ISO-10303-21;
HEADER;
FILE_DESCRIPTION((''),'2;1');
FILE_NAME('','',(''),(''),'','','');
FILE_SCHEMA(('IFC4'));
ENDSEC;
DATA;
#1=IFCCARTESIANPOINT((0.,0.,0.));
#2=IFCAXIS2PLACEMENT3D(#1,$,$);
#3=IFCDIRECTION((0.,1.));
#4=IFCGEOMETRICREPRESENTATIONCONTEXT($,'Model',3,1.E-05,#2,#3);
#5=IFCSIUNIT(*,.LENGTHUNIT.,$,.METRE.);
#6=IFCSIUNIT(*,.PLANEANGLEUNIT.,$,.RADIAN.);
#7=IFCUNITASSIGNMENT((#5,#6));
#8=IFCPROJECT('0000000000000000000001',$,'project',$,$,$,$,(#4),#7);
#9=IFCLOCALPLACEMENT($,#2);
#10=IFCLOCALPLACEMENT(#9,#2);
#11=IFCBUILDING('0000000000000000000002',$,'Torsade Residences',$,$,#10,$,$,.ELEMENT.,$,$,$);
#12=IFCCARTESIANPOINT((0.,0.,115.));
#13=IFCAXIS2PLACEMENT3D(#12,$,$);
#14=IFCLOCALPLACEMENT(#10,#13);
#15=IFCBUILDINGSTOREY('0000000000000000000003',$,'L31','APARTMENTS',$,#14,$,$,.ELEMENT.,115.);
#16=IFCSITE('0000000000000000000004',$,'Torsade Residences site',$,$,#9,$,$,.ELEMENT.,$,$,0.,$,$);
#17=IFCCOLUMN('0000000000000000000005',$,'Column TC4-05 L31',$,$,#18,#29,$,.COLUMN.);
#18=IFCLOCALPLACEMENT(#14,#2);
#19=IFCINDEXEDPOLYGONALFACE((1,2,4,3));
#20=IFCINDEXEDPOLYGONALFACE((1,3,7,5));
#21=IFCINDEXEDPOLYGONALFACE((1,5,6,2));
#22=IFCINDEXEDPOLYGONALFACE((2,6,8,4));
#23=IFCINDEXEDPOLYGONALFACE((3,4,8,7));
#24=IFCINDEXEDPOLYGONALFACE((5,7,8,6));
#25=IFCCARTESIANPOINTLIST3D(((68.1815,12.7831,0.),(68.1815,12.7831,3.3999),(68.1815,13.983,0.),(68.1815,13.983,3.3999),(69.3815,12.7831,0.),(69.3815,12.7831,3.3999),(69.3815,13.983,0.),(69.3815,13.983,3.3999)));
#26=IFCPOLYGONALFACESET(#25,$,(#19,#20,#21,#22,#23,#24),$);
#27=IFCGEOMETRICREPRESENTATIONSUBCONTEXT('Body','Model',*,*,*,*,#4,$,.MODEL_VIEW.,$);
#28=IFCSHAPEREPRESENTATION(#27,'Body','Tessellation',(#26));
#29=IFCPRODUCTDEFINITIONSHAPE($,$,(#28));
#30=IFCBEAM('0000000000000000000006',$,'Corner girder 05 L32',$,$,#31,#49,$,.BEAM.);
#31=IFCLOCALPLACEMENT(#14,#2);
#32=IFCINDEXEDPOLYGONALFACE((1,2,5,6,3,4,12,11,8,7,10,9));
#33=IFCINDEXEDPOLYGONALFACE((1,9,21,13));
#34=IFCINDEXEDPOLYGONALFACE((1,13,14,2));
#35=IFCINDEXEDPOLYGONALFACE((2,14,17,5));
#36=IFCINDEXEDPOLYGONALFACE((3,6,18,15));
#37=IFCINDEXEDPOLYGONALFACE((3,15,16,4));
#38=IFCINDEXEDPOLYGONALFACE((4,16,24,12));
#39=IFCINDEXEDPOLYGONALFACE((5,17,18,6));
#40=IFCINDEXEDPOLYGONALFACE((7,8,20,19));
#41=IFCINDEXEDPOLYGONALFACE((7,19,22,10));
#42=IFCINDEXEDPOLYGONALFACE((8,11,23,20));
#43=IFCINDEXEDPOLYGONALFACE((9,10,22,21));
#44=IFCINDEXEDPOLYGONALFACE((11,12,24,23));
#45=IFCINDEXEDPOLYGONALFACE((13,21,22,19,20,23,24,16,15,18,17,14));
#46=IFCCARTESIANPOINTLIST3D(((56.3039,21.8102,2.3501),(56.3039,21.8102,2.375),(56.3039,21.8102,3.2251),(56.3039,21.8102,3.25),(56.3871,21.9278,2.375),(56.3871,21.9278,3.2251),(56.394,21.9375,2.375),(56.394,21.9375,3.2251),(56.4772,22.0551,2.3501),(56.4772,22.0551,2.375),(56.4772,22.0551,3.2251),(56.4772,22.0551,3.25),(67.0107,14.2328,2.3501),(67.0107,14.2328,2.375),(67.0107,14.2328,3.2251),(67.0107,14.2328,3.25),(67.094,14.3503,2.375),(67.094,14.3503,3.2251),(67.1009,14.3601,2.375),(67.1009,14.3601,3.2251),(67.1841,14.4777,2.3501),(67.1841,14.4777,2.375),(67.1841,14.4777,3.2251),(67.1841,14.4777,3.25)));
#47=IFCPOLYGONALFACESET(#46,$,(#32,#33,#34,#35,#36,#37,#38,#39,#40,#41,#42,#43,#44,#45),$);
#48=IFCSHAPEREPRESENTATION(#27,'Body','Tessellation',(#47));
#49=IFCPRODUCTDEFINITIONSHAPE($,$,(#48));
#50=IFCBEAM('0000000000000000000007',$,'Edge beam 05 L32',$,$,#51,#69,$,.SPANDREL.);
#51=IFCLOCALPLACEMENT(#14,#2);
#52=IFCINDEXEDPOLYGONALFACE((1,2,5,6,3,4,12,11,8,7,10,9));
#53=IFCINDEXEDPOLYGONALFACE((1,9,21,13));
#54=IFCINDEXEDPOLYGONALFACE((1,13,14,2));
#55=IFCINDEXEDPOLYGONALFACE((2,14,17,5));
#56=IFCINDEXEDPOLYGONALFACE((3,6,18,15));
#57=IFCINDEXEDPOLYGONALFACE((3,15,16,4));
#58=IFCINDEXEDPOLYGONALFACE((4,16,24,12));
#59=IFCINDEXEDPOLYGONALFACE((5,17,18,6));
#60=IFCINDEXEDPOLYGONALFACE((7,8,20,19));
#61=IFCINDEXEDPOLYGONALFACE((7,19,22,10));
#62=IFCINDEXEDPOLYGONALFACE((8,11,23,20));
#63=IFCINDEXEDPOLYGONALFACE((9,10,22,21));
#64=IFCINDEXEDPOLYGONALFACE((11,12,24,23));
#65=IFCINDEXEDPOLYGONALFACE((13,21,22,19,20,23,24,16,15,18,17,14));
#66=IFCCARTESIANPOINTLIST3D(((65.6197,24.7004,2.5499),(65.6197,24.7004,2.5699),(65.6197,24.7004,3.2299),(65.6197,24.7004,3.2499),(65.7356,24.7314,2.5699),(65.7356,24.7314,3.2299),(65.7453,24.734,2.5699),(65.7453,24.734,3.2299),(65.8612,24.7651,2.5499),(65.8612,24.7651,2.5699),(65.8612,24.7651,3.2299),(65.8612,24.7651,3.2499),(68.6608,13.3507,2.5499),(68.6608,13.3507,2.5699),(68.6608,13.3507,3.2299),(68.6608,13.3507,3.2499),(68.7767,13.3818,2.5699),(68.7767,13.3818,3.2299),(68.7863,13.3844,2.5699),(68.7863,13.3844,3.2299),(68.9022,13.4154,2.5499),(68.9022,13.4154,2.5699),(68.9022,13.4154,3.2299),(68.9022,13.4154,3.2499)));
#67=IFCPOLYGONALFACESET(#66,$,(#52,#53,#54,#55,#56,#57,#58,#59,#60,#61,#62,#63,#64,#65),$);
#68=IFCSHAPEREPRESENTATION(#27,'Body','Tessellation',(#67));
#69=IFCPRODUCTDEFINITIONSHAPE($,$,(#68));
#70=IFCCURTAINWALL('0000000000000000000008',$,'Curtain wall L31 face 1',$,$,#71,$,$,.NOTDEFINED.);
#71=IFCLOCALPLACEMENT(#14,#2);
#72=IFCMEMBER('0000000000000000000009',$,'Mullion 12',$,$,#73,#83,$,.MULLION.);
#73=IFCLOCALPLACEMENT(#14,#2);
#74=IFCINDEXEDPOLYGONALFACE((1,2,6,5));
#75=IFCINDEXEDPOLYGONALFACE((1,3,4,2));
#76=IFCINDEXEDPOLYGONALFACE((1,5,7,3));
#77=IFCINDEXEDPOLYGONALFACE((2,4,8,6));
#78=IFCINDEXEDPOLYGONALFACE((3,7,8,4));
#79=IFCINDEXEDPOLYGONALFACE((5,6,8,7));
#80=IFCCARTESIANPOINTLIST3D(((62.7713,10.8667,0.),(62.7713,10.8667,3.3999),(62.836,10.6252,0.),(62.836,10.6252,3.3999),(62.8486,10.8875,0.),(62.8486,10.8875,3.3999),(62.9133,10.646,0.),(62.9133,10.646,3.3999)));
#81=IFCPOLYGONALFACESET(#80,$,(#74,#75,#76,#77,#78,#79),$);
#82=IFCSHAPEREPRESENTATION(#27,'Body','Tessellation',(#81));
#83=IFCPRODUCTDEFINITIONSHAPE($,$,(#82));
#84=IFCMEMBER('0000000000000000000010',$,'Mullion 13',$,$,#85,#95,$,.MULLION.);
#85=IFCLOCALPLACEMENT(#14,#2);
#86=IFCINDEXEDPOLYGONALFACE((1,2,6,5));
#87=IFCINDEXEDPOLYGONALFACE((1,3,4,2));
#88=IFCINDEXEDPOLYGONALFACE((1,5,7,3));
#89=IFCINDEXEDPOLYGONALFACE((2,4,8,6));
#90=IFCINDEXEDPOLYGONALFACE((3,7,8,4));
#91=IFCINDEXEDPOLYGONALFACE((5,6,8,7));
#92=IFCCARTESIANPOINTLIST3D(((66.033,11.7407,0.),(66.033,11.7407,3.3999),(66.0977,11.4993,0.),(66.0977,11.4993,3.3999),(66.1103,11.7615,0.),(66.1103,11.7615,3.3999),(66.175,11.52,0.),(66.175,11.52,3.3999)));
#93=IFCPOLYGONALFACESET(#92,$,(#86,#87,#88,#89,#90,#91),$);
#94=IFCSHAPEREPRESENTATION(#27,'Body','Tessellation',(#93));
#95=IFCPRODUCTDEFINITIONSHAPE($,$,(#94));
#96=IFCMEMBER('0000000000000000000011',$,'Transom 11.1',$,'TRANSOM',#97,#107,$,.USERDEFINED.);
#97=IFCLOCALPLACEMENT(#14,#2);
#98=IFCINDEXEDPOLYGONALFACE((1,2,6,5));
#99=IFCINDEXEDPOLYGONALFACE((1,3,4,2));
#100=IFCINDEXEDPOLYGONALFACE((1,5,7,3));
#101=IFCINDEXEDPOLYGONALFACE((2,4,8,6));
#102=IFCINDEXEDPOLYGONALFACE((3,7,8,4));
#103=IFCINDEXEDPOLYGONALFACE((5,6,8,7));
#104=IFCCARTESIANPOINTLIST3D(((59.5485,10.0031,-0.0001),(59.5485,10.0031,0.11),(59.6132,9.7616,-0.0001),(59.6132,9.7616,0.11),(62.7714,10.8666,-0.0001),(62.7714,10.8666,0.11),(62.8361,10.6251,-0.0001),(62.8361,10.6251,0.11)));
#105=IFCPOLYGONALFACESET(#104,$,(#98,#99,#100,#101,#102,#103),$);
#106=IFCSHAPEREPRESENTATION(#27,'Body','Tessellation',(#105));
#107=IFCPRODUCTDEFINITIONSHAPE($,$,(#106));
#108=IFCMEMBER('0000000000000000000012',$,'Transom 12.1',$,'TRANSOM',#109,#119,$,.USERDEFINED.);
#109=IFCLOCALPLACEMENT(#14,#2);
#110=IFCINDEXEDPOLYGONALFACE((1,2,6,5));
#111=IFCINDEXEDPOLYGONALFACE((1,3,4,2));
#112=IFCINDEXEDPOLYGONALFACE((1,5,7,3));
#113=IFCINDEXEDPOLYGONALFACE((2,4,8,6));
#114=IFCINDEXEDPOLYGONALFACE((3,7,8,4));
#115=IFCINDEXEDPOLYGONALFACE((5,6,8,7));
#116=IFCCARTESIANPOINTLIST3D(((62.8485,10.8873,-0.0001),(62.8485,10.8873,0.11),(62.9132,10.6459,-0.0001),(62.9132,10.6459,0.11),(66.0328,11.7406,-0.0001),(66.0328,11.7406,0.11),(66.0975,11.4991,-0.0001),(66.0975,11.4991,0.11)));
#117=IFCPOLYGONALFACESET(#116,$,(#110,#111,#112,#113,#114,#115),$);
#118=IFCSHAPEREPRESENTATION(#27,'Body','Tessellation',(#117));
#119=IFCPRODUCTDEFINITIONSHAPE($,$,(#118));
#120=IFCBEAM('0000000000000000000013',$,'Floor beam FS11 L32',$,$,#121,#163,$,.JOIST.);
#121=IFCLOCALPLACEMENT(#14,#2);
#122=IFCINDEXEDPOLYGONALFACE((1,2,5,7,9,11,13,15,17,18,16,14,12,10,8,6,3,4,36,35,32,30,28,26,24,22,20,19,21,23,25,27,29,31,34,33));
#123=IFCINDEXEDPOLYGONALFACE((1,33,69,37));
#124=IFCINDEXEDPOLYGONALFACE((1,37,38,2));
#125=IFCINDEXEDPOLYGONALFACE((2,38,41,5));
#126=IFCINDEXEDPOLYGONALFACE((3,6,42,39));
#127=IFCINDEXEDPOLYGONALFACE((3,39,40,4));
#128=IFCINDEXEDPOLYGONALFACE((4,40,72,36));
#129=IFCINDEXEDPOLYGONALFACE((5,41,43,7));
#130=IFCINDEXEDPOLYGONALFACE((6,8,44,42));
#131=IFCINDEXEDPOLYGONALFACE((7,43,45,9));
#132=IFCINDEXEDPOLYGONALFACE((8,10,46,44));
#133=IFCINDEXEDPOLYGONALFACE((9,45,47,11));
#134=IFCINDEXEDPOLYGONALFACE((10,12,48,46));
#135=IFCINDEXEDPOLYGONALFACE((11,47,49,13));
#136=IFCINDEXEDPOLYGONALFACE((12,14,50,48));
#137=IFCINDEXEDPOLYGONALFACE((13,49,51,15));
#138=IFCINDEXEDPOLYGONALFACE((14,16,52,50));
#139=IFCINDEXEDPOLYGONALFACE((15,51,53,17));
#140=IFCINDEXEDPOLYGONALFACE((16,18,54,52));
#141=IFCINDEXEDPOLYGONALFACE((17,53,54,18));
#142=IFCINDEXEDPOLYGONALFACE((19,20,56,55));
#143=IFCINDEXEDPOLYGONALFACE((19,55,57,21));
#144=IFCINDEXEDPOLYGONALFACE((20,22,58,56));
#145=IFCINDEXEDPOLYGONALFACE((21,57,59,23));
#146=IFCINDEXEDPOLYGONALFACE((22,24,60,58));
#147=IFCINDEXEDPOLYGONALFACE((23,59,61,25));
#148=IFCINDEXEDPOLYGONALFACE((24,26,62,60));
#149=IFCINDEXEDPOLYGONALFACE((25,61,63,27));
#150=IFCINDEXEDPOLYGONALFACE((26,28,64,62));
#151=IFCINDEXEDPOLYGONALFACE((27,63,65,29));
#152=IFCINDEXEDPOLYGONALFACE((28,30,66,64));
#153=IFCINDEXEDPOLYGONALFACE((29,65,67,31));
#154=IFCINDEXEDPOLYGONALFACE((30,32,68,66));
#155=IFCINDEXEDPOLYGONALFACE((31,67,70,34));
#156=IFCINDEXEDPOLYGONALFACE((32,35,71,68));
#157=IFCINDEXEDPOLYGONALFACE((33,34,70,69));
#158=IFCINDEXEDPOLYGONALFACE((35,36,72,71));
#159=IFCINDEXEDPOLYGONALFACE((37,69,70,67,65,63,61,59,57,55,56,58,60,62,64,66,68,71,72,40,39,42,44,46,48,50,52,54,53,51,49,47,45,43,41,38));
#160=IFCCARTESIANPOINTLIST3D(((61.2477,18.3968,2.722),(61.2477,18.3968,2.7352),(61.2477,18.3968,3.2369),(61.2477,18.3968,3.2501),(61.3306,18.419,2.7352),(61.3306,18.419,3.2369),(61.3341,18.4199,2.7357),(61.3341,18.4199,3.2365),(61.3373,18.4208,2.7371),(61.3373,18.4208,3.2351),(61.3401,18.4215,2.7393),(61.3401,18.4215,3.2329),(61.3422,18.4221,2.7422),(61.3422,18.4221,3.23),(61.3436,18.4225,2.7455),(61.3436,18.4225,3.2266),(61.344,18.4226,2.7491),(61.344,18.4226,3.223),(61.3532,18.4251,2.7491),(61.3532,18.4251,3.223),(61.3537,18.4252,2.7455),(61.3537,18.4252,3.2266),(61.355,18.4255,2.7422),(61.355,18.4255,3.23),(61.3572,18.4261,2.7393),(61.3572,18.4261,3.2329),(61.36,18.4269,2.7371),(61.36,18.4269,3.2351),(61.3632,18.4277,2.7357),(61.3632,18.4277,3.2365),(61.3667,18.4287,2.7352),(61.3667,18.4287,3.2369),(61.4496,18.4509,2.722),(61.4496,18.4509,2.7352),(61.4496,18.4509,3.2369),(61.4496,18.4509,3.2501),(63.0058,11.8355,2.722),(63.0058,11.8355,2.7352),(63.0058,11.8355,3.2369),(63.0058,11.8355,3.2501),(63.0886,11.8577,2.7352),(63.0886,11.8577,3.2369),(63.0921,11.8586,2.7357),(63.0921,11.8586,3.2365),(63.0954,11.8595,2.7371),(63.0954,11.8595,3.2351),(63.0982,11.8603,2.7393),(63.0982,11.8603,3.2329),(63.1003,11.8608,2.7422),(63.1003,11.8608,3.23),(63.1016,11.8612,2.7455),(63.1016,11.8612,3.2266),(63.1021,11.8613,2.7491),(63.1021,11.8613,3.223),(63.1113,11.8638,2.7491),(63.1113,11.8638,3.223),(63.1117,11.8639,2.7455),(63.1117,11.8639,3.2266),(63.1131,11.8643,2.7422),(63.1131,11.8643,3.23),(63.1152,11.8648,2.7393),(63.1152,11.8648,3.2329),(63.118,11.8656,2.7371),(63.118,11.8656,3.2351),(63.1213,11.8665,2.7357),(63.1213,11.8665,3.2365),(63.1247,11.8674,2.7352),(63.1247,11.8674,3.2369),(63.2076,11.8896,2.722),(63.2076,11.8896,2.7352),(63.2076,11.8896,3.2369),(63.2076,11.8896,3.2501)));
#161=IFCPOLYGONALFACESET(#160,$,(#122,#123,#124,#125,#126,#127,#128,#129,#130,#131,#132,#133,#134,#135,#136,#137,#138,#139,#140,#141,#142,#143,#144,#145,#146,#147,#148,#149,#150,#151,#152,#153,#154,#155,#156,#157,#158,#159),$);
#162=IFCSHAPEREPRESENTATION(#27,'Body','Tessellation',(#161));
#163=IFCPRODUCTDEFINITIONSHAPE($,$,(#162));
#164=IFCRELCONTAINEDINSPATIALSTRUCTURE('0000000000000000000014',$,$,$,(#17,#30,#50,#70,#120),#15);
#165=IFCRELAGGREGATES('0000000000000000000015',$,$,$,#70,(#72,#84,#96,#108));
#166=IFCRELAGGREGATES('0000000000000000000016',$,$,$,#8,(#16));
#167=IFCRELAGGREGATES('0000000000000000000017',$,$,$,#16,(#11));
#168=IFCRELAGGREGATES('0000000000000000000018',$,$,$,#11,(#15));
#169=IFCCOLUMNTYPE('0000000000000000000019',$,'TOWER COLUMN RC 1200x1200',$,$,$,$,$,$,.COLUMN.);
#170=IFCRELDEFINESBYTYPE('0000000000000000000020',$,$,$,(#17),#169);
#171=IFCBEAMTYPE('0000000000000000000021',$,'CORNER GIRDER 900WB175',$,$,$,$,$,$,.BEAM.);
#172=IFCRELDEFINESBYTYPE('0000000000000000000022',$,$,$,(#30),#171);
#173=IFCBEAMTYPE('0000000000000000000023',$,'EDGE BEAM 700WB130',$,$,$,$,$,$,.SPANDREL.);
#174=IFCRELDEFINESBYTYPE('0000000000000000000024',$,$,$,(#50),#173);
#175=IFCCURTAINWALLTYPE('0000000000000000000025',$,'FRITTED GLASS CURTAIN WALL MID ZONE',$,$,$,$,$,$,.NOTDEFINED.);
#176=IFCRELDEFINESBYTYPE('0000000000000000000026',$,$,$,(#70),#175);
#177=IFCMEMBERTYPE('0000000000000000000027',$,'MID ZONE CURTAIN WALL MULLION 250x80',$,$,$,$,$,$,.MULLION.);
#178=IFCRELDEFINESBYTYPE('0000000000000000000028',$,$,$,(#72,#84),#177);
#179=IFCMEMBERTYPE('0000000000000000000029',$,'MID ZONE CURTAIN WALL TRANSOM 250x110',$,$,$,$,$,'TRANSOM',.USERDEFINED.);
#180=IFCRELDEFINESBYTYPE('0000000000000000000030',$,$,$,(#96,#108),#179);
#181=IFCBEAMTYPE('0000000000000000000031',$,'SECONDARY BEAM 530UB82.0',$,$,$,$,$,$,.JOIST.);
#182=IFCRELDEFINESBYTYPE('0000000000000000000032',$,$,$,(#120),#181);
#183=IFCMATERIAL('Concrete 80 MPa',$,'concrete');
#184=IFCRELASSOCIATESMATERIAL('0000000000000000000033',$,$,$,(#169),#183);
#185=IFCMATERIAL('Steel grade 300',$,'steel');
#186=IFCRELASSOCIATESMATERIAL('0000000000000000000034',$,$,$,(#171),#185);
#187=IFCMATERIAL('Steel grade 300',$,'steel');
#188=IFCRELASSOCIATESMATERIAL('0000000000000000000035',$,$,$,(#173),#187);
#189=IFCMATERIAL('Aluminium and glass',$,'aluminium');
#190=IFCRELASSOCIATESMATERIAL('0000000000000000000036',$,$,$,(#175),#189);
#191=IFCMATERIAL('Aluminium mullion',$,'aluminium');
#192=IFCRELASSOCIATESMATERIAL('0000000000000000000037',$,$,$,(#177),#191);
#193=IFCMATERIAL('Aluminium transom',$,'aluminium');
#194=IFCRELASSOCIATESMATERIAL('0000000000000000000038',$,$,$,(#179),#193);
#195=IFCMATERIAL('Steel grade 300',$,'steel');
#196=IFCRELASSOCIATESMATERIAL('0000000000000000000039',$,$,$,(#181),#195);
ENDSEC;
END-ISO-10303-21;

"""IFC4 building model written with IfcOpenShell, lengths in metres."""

from ifc_helpers import new_model, si_unit, direction, frame, origin, origin_2d, place, context, subcontext, project, spatial, rectangle, i_section, extrude, material, material_profile, profile_set, type_object, element, aggregate, save


model = new_model("IFC4")

# Units and contexts
model_context = context("Model", 3, precision=1e-05, world=origin(), true_north=direction((0.0, 1.0)))
body_context = subcontext(model_context, "Body", "Model", "MODEL_VIEW")
ifc_project = project(units=[si_unit("LENGTHUNIT", "METRE"), si_unit("PLANEANGLEUNIT", "RADIAN")], contexts=[model_context])

# Site, building, storey
site_placement = place(None, origin())
site = spatial("IfcSite", under=ifc_project, at=site_placement, Name="Torsade Residences site", CompositionType="ELEMENT", RefElevation=0.0)
building_placement = place(site_placement, origin())
building = spatial("IfcBuilding", under=site, at=building_placement, Name="Torsade Residences", CompositionType="ELEMENT")
storey_placement = place(building_placement, frame((0.0, 0.0, 115.0)))
storey = spatial("IfcBuildingStorey", under=building, at=storey_placement, Name="L31", Description="APARTMENTS", CompositionType="ELEMENT", Elevation=115.0)

# Column
ifc_material_1 = material(Name="Concrete 80 MPa", Category="concrete")
ifc_material_profile_1 = material_profile(ifc_material_1, rectangle(XDim=1.2, YDim=1.2, at=origin_2d()), Name="RC 1200x1200")
ifc_profile_set_1 = profile_set([ifc_material_profile_1], Name="Concrete 80 MPa")
column_type = type_object("IfcColumnType", Name="TOWER COLUMN RC 1200x1200", PredefinedType="COLUMN", material=ifc_profile_set_1)
column_placement = place(storey_placement, frame((68.7815, 13.3831, 0.0), z_axis=(0.0, 0.0, 1.0), x_axis=(1.0, 0.0, 0.0)))
element("IfcColumn", 1, at=column_placement, inside=storey, type_object=column_type, Name="Column TC4-05 L31", PredefinedType="COLUMN", context=body_context, shape_type="SweptSolid", body=[
    extrude(rectangle(XDim=1.2, YDim=1.2, at=origin_2d()), origin(), (0.0, 0.0, 1.0), 3.3999),
])

# Beams
ifc_material_2 = material(Name="Steel grade 300", Category="steel")
ifc_material_profile_2 = material_profile(ifc_material_2, i_section(OverallWidth=0.3, OverallDepth=0.8999, WebThickness=0.012, FlangeThickness=0.0249, at=origin_2d()), Name="900WB175")
ifc_profile_set_2 = profile_set([ifc_material_profile_2], Name="Steel grade 300")
beam_type_1 = type_object("IfcBeamType", Name="CORNER GIRDER 900WB175", PredefinedType="BEAM", material=ifc_profile_set_2)
beam_1_placement = place(storey_placement, frame((67.0974, 14.3552, 2.8), z_axis=(-0.816261, 0.577683, 0.0), x_axis=(-0.577683, -0.816261, 0.0)))
element("IfcBeam", 2, at=beam_1_placement, inside=storey, type_object=beam_type_1, Name="Corner girder 05 L32", PredefinedType="BEAM", context=body_context, shape_type="SweptSolid", body=[
    extrude(i_section(OverallWidth=0.3, OverallDepth=0.8999, WebThickness=0.012, FlangeThickness=0.0249, at=origin_2d()), origin(), (0.0, 0.0, 1.0), 13.1169),
])
ifc_material_3 = material(Name="Steel grade 300", Category="steel")
ifc_material_profile_3 = material_profile(ifc_material_3, i_section(OverallWidth=0.25, OverallDepth=0.7, WebThickness=0.01, FlangeThickness=0.02, at=origin_2d()), Name="700WB130")
ifc_profile_set_3 = profile_set([ifc_material_profile_3], Name="Steel grade 300")
beam_type_2 = type_object("IfcBeamType", Name="EDGE BEAM 700WB130", PredefinedType="SPANDREL", material=ifc_profile_set_3)
beam_2_placement = place(storey_placement, frame((68.7815, 13.3831, 2.8999), z_axis=(-0.258811, 0.965928, 0.0), x_axis=(-0.965928, -0.258811, 0.0)))
element("IfcBeam", 3, at=beam_2_placement, inside=storey, type_object=beam_type_2, Name="Edge beam 05 L32", PredefinedType="SPANDREL", context=body_context, shape_type="SweptSolid", body=[
    extrude(i_section(OverallWidth=0.25, OverallDepth=0.7, WebThickness=0.01, FlangeThickness=0.02, at=origin_2d()), origin(), (0.0, 0.0, 1.0), 11.75),
])

# Curtain wall, members
ifc_material_4 = material(Name="Aluminium and glass", Category="aluminium")
curtain_wall_type = type_object("IfcCurtainWallType", Name="FRITTED GLASS CURTAIN WALL MID ZONE", PredefinedType="NOTDEFINED", material=ifc_material_4)
curtain_wall_placement = place(storey_placement, origin())
curtain_wall = element("IfcCurtainWall", 4, at=curtain_wall_placement, inside=storey, type_object=curtain_wall_type, Name="Curtain wall L31 face 1", PredefinedType="NOTDEFINED")
ifc_material_5 = material(Name="Aluminium mullion", Category="aluminium")
ifc_material_profile_4 = material_profile(ifc_material_5, rectangle(XDim=0.25, YDim=0.0801, at=origin_2d()), Name="MID ZONE CURTAIN WALL MULLION 250x80")
ifc_profile_set_4 = profile_set([ifc_material_profile_4], Name="Aluminium mullion")
member_type_1 = type_object("IfcMemberType", Name="MID ZONE CURTAIN WALL MULLION 250x80", PredefinedType="MULLION", material=ifc_profile_set_4)
member_1_placement = place(storey_placement, frame((62.8423, 10.7563, 0.0), z_axis=(0.0, 0.0, 1.0), x_axis=(-0.258819, 0.965926, 0.0)))
member_1 = element("IfcMember", 5, at=member_1_placement, type_object=member_type_1, Name="Mullion 12", PredefinedType="MULLION", context=body_context, shape_type="SweptSolid", body=[
    extrude(rectangle(XDim=0.25, YDim=0.0801, at=origin_2d()), origin(), (0.0, 0.0, 1.0), 3.3999),
])
member_2_placement = place(storey_placement, frame((66.104, 11.6304, 0.0), z_axis=(0.0, 0.0, 1.0), x_axis=(-0.258819, 0.965926, 0.0)))
member_2 = element("IfcMember", 6, at=member_2_placement, type_object=member_type_1, Name="Mullion 13", PredefinedType="MULLION", context=body_context, shape_type="SweptSolid", body=[
    extrude(rectangle(XDim=0.25, YDim=0.0801, at=origin_2d()), origin(), (0.0, 0.0, 1.0), 3.3999),
])
ifc_material_6 = material(Name="Aluminium transom", Category="aluminium")
ifc_material_profile_5 = material_profile(ifc_material_6, rectangle(XDim=0.25, YDim=0.1101, at=origin_2d()), Name="MID ZONE CURTAIN WALL TRANSOM 250x110")
ifc_profile_set_5 = profile_set([ifc_material_profile_5], Name="Aluminium transom")
member_type_2 = type_object("IfcMemberType", Name="MID ZONE CURTAIN WALL TRANSOM 250x110", ElementType="TRANSOM", PredefinedType="USERDEFINED", material=ifc_profile_set_5)
member_3_placement = place(storey_placement, frame((59.5808, 9.8823, 0.0549), z_axis=(0.965929, 0.258806, 0.0), x_axis=(-0.258806, 0.965929, 0.0)))
member_3 = element("IfcMember", 7, at=member_3_placement, type_object=member_type_2, Name="Transom 11.1", ObjectType="TRANSOM", PredefinedType="USERDEFINED", context=body_context, shape_type="SweptSolid", body=[
    extrude(rectangle(XDim=0.25, YDim=0.1101, at=origin_2d()), origin(), (0.0, 0.0, 1.0), 3.3367),
])
member_4_placement = place(storey_placement, frame((62.8809, 10.7666, 0.0549), z_axis=(0.965923, 0.258829, 0.0), x_axis=(-0.258829, 0.965923, 0.0)))
member_4 = element("IfcMember", 8, at=member_4_placement, type_object=member_type_2, Name="Transom 12.1", ObjectType="TRANSOM", PredefinedType="USERDEFINED", context=body_context, shape_type="SweptSolid", body=[
    extrude(rectangle(XDim=0.25, YDim=0.1101, at=origin_2d()), origin(), (0.0, 0.0, 1.0), 3.2966),
])

# Beam
ifc_material_7 = material(Name="Steel grade 300", Category="steel")
ifc_material_profile_6 = material_profile(ifc_material_7, i_section(OverallWidth=0.209, OverallDepth=0.5281, WebThickness=0.0095, FlangeThickness=0.0132, FilletRadius=0.0139, at=origin_2d()), Name="530UB82.0")
ifc_profile_set_6 = profile_set([ifc_material_profile_6], Name="Steel grade 300")
beam_type_3 = type_object("IfcBeamType", Name="SECONDARY BEAM 530UB82.0", PredefinedType="JOIST", material=ifc_profile_set_6)
beam_3_placement = place(storey_placement, frame((63.1067, 11.8625, 2.9861), z_axis=(-0.258815, 0.965927, 0.0), x_axis=(-0.965927, -0.258815, 0.0)))
element("IfcBeam", 9, at=beam_3_placement, inside=storey, type_object=beam_type_3, Name="Floor beam FS11 L32", PredefinedType="JOIST", context=body_context, shape_type="SweptSolid", body=[
    extrude(i_section(OverallWidth=0.209, OverallDepth=0.5281, WebThickness=0.0095, FlangeThickness=0.0132, FilletRadius=0.0139, at=origin_2d()), origin(), (0.0, 0.0, 1.0), 6.7927),
])

aggregate(curtain_wall, [member_1, member_2, member_3, member_4])

save(model, "model.ifc")
